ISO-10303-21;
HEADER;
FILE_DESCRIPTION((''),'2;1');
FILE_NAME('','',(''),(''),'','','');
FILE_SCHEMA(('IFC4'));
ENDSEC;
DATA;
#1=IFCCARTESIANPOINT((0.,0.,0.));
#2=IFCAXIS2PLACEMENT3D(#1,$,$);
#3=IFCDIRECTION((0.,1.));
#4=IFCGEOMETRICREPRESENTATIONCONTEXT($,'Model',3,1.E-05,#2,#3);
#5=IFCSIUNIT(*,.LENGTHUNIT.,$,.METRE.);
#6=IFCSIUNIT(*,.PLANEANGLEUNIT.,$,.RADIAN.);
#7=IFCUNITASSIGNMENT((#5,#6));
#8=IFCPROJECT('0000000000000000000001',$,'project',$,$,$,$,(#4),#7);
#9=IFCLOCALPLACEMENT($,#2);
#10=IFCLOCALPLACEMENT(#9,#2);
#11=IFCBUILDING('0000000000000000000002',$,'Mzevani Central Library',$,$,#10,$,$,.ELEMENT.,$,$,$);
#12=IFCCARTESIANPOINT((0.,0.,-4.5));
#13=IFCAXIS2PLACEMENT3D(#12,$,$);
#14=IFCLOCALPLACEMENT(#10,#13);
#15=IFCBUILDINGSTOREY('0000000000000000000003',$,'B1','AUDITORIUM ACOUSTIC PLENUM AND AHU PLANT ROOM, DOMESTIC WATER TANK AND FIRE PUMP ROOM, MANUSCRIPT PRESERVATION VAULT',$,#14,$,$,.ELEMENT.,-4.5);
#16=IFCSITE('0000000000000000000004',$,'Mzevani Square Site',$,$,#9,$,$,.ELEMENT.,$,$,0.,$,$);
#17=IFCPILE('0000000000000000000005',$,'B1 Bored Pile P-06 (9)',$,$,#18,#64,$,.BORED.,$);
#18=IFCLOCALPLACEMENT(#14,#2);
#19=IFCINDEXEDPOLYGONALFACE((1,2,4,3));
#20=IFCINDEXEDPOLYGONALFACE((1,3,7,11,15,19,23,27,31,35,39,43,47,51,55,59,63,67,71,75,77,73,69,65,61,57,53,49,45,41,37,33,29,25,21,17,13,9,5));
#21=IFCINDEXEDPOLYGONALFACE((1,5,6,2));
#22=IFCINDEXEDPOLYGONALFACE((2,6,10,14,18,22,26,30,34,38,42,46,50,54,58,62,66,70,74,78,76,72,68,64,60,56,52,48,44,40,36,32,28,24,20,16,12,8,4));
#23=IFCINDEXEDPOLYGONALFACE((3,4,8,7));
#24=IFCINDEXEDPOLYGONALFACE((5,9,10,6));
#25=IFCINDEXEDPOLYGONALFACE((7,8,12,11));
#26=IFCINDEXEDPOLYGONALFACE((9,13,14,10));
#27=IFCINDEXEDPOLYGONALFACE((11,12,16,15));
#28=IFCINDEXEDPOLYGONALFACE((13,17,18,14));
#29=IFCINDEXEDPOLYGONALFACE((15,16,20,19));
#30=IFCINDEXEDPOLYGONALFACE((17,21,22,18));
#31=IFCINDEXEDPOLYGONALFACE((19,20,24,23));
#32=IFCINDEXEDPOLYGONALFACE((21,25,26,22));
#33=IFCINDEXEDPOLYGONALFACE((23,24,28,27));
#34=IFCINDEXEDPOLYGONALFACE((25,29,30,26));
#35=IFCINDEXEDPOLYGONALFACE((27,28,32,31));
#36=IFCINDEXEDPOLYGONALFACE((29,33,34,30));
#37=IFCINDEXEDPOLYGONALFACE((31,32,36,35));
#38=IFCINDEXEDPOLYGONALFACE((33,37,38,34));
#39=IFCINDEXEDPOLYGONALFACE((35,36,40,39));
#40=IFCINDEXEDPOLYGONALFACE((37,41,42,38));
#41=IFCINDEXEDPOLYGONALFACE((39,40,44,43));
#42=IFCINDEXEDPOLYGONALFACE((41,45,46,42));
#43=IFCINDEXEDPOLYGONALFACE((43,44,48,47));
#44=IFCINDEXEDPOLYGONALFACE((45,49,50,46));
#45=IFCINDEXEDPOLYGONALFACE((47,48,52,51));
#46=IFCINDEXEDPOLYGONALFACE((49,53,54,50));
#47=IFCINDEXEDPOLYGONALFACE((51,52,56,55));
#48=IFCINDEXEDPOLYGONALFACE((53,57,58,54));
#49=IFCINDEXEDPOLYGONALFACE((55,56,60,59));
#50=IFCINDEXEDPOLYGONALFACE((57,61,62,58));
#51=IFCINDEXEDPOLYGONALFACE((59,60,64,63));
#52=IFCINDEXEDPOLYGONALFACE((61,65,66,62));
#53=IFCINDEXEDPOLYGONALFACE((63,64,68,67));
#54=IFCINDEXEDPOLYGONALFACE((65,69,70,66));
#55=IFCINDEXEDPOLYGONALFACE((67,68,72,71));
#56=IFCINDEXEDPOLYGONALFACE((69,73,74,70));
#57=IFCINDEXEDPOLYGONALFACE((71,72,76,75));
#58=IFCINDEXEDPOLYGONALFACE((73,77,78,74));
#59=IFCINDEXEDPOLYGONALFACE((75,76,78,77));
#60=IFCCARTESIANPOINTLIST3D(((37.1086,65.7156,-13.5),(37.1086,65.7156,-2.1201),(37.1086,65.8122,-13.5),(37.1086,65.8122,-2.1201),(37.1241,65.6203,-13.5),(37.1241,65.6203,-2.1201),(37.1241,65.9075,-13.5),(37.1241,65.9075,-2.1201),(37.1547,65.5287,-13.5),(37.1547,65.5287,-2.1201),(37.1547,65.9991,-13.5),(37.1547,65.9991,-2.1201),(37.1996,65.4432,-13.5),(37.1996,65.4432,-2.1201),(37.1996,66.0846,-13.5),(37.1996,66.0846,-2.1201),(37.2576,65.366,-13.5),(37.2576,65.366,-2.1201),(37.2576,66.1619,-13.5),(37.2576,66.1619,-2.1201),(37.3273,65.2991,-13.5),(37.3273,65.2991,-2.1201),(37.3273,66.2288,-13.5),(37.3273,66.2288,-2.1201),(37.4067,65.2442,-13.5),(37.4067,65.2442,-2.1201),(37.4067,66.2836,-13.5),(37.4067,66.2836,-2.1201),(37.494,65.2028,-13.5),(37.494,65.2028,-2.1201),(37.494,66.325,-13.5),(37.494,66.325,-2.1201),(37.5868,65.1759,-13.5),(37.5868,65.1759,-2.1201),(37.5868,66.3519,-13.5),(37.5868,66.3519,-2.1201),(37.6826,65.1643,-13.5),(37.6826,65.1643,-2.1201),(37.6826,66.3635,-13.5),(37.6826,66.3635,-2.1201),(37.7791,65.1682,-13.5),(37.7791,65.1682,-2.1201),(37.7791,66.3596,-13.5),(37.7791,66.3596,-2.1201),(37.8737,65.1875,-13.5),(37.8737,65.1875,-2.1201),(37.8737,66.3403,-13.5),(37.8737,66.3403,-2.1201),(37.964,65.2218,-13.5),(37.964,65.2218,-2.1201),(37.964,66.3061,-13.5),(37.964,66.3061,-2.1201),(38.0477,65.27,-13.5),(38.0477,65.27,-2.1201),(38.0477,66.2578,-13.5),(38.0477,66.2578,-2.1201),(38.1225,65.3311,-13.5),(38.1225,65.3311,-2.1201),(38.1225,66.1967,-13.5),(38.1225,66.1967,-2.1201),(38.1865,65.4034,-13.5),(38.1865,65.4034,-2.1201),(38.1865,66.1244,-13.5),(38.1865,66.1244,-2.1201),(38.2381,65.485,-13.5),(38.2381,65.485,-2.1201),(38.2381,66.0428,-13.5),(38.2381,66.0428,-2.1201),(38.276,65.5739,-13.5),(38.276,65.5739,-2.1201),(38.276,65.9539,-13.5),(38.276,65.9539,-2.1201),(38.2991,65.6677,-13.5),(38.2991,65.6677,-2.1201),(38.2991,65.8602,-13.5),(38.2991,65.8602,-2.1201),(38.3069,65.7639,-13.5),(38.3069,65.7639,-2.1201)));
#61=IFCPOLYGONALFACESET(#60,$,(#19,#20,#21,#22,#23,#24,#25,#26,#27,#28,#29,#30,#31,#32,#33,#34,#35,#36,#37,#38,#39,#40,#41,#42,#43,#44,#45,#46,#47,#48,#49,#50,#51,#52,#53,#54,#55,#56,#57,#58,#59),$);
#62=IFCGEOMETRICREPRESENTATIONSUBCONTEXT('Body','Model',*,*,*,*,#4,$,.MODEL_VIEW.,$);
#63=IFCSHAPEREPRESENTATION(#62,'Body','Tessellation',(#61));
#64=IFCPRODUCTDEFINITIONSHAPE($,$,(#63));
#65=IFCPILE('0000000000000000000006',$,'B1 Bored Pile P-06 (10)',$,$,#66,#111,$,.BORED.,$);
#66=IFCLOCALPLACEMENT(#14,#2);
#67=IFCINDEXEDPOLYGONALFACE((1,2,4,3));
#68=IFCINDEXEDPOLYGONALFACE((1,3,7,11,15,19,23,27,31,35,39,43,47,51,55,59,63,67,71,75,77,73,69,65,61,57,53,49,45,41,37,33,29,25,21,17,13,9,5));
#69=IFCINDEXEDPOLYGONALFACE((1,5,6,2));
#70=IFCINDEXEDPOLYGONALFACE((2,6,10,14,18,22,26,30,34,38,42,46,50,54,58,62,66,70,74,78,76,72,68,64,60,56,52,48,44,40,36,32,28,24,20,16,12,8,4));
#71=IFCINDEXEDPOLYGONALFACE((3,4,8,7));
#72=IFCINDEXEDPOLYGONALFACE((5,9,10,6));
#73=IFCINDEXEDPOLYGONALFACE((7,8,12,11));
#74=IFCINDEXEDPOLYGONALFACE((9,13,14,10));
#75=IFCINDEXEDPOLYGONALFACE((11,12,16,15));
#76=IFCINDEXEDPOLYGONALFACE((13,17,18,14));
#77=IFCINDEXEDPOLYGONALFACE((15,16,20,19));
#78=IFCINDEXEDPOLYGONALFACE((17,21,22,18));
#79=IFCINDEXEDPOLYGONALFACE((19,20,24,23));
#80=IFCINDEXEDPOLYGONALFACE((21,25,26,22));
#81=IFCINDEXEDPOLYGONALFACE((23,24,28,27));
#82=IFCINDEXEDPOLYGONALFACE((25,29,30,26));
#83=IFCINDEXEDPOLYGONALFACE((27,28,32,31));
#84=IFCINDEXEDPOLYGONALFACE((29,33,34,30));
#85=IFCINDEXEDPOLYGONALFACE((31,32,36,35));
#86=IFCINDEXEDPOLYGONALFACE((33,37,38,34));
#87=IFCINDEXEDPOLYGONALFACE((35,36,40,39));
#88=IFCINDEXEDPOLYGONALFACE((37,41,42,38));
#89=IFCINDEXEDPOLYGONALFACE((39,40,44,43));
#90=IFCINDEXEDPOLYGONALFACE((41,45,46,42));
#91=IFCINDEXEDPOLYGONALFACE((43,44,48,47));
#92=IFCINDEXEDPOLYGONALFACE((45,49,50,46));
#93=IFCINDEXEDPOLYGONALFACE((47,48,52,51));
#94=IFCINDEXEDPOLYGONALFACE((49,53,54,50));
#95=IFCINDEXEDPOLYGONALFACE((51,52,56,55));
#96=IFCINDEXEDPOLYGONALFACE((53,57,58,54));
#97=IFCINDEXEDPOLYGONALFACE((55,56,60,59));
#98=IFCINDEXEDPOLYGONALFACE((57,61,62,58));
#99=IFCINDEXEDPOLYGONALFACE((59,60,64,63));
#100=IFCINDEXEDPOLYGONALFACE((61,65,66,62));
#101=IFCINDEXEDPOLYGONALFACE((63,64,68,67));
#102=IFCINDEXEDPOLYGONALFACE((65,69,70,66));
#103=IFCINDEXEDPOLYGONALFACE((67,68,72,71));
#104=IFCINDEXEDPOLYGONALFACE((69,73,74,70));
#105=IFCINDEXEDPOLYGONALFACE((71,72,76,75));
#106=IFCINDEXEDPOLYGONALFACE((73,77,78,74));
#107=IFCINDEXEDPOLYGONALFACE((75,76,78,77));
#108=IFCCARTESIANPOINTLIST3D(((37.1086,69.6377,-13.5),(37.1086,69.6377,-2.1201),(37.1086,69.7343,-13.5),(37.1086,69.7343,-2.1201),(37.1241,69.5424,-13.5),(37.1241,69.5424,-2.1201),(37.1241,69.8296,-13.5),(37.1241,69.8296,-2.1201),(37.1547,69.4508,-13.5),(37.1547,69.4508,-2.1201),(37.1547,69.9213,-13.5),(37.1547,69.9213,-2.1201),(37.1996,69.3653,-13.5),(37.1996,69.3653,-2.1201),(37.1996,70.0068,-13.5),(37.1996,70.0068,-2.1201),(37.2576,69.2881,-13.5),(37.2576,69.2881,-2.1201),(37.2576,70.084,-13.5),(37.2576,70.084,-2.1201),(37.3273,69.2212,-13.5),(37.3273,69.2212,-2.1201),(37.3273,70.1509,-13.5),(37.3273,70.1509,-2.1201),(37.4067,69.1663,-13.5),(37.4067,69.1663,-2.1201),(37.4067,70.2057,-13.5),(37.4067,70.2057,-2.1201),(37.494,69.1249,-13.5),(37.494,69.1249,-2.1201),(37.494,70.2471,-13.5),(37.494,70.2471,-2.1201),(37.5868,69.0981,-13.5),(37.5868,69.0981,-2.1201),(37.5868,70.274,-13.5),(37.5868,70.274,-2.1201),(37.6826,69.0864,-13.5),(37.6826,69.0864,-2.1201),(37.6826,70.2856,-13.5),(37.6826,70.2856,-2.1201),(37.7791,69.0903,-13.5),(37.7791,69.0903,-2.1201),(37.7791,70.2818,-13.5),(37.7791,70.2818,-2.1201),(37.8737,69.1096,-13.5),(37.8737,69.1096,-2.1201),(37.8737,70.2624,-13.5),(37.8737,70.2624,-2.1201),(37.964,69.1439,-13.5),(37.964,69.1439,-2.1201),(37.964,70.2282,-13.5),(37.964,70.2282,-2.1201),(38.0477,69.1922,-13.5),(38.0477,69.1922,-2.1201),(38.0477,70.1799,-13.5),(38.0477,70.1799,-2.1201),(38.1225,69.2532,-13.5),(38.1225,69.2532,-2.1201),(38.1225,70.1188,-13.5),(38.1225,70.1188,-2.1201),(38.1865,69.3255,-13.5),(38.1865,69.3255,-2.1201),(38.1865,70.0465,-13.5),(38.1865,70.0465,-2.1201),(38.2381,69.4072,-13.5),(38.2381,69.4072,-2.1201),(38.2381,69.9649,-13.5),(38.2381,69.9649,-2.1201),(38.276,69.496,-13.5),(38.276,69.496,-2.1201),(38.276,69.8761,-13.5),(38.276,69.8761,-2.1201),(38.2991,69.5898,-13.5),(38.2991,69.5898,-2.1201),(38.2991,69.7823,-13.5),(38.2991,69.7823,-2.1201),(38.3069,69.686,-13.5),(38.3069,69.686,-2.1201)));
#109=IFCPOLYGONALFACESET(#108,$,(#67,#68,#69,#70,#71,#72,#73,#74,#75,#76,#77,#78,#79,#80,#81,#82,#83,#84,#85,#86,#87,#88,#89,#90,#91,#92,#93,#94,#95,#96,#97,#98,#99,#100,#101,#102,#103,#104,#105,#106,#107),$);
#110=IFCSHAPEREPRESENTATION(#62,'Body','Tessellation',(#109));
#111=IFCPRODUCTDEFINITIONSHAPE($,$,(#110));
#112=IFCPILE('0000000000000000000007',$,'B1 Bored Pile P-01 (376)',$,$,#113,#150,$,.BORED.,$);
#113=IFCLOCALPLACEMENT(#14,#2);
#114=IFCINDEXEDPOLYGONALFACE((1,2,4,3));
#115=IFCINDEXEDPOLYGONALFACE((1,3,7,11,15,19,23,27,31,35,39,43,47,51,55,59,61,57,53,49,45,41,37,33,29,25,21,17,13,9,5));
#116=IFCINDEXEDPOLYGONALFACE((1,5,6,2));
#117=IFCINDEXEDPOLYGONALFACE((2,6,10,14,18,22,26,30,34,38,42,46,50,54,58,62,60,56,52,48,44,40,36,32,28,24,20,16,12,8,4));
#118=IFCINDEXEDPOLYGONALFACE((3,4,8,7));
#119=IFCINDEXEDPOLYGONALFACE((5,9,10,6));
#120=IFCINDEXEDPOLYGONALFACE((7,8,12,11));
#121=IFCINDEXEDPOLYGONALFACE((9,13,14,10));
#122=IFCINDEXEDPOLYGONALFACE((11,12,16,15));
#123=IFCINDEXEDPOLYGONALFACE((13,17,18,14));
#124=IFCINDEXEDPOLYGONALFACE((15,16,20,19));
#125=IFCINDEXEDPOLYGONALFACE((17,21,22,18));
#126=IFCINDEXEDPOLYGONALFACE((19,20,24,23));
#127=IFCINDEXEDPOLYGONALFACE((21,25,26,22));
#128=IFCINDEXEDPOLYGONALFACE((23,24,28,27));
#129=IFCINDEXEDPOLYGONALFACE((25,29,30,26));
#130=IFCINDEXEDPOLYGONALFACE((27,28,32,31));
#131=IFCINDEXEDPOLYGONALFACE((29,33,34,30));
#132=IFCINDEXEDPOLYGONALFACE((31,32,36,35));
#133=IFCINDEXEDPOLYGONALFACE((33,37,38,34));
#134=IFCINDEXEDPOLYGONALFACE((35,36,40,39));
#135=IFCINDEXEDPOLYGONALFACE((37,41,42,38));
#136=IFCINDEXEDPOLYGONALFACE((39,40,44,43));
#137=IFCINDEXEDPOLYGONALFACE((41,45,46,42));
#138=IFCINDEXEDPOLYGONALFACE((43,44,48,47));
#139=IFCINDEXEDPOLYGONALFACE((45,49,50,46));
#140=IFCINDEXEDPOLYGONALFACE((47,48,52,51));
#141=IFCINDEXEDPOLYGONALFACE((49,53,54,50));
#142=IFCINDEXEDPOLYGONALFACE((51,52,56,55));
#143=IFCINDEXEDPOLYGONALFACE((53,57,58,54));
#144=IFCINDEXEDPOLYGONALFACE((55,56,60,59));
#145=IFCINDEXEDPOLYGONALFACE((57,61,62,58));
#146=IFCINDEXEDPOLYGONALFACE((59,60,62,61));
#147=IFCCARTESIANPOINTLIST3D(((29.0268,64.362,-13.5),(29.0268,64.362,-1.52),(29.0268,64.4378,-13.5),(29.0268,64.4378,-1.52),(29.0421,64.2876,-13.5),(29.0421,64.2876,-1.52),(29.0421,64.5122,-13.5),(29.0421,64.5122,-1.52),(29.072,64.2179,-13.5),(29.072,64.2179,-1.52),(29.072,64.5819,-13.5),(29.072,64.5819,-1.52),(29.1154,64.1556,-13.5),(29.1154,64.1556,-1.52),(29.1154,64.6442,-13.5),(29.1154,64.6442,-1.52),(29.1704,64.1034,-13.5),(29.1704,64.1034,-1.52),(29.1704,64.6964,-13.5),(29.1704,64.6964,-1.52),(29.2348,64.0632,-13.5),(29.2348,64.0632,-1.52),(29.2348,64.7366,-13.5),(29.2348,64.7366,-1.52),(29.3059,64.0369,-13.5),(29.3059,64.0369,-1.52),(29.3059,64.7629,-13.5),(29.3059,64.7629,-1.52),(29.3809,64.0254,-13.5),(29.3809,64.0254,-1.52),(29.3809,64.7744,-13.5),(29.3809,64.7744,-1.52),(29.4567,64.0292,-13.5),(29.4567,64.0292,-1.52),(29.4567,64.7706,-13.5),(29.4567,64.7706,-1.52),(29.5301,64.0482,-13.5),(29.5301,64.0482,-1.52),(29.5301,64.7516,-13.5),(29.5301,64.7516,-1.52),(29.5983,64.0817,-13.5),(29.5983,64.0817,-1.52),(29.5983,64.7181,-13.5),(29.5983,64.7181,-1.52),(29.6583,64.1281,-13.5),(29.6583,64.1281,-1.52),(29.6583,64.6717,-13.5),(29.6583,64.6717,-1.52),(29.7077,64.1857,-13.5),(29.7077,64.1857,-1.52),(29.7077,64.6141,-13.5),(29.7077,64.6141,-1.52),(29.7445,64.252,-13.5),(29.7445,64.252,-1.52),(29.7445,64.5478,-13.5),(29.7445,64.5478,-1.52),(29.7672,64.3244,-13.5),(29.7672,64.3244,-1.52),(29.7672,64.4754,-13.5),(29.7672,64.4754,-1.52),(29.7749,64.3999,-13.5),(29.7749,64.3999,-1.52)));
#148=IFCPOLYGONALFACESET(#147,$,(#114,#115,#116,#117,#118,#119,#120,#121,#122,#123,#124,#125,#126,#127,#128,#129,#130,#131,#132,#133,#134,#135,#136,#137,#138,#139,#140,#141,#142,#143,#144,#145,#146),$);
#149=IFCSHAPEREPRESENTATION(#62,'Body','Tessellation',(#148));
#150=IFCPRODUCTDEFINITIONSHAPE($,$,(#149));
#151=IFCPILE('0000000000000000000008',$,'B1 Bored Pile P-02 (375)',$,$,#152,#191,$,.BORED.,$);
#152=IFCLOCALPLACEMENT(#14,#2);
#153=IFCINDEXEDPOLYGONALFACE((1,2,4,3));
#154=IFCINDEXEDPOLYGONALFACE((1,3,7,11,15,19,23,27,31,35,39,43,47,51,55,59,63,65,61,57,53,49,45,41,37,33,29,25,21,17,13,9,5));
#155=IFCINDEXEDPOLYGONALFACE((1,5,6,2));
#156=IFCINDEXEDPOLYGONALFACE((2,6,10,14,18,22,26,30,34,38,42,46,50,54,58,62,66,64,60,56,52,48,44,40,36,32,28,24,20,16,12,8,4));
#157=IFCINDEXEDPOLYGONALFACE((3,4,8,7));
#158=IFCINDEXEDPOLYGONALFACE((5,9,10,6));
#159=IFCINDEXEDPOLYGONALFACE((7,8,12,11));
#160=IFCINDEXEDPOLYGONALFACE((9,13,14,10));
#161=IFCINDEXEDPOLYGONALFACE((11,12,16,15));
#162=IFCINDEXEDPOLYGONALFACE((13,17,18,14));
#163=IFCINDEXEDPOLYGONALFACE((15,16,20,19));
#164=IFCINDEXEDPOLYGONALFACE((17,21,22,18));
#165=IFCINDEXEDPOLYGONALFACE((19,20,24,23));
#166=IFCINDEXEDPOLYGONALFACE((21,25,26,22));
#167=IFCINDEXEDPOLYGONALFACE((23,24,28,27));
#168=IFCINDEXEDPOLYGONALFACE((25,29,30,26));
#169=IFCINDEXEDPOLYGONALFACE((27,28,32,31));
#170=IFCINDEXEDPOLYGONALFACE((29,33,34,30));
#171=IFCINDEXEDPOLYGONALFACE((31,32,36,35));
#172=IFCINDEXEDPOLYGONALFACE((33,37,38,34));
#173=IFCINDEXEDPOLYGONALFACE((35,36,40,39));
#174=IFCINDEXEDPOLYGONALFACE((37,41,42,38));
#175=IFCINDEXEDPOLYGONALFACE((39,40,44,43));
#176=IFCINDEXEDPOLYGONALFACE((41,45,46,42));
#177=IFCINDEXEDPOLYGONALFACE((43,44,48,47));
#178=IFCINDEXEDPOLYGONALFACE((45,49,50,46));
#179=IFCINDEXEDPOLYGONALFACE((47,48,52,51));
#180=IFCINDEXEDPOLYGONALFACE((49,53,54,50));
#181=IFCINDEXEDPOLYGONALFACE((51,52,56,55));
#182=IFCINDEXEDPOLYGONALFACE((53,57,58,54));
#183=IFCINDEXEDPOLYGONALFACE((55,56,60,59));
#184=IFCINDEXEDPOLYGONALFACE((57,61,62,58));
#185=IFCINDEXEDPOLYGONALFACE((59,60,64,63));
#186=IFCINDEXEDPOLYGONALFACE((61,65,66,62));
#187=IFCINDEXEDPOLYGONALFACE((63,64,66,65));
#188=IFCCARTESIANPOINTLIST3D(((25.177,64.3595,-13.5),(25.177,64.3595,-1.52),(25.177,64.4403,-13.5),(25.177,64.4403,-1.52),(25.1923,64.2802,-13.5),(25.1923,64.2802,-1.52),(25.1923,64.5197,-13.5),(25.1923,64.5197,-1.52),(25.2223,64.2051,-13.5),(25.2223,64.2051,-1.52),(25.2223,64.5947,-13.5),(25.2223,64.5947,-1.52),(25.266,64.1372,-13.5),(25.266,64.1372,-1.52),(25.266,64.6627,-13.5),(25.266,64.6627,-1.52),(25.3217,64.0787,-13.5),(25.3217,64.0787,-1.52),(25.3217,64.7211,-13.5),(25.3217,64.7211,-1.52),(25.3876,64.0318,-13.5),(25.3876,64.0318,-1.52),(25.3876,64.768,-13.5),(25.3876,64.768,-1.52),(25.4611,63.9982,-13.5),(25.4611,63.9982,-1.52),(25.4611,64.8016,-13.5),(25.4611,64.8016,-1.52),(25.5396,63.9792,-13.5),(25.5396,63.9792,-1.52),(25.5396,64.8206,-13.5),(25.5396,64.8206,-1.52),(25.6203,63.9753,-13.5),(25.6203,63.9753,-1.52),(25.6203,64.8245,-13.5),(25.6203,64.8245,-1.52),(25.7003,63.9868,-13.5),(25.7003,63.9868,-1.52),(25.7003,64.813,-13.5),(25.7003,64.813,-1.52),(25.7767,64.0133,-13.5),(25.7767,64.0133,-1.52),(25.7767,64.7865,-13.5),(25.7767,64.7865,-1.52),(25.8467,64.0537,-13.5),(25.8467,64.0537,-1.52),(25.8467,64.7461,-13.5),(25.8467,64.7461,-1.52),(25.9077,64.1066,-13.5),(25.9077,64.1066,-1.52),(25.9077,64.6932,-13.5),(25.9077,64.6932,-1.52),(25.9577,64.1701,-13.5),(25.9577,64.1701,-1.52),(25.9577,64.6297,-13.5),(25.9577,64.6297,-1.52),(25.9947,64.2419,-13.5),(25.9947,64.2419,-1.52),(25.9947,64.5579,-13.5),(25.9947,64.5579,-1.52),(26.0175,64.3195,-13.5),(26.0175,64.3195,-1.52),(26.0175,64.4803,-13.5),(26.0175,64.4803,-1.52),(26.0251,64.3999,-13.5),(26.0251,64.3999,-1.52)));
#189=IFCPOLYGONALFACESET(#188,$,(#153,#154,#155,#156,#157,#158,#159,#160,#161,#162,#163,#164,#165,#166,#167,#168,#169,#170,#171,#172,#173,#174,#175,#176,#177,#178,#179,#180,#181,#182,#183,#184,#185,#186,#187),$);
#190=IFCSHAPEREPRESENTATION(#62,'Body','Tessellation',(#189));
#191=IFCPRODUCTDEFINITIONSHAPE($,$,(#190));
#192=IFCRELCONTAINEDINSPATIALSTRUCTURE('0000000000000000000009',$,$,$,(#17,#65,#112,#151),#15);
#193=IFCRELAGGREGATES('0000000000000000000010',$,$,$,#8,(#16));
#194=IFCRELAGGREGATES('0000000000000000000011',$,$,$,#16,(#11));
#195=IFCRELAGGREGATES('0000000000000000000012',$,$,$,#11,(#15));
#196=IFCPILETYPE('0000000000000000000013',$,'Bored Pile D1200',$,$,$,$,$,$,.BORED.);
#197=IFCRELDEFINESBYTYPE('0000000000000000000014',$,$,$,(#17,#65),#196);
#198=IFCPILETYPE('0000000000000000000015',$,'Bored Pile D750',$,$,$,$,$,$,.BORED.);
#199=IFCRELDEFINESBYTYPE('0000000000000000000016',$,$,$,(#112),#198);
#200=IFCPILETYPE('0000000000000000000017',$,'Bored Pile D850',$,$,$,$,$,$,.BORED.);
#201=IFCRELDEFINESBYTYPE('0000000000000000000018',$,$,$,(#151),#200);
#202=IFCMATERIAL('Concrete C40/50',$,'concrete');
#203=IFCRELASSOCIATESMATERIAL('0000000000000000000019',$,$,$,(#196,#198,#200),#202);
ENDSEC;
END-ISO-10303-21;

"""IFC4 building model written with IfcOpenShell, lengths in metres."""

from ifc_helpers import new_model, si_unit, direction, frame, origin, origin_2d, place, context, subcontext, project, spatial, circle, extrude, material, material_profile, profile_set, type_object, element, save


model = new_model("IFC4")

# Units and contexts
model_context = context("Model", 3, precision=1e-05, world=origin(), true_north=direction((0.0, 1.0)))
body_context = subcontext(model_context, "Body", "Model", "MODEL_VIEW")
ifc_project = project(units=[si_unit("LENGTHUNIT", "METRE"), si_unit("PLANEANGLEUNIT", "RADIAN")], contexts=[model_context])

# Site, building, storey
site_placement = place(None, origin())
site = spatial("IfcSite", under=ifc_project, at=site_placement, Name="Mzevani Square Site", CompositionType="ELEMENT", RefElevation=0.0)
building_placement = place(site_placement, origin())
building = spatial("IfcBuilding", under=site, at=building_placement, Name="Mzevani Central Library", CompositionType="ELEMENT")
storey_placement = place(building_placement, frame((0.0, 0.0, -4.5)))
storey = spatial("IfcBuildingStorey", under=building, at=storey_placement, Name="B1", Description="AUDITORIUM ACOUSTIC PLENUM AND AHU PLANT ROOM, DOMESTIC WATER TANK AND FIRE PUMP ROOM, MANUSCRIPT PRESERVATION VAULT", CompositionType="ELEMENT", Elevation=-4.5)

# Piles
ifc_material_1 = material(Name="Concrete C40/50", Category="concrete")
ifc_material_profile_1 = material_profile(ifc_material_1, circle(Radius=0.6001, at=origin_2d()), Name="PILE D1200")
ifc_profile_set_1 = profile_set([ifc_material_profile_1], Name="Concrete C40/50")
pile_type_1 = type_object("IfcPileType", Name="Bored Pile D1200", PredefinedType="BORED", material=ifc_profile_set_1)
for number, where, z_axis, x_axis, name in (
    (1, (37.7068, 65.7639, -2.1201), (0.0, 0.0, -1.0), (1.0, 0.0, 0.0), "B1 Bored Pile P-06 (9)"),
    (2, (37.7068, 69.686, -2.1201), (0.0, 0.0, -1.0), (1.0, 0.0, 0.0), "B1 Bored Pile P-06 (10)"),
):
    element("IfcPile", number, at=place(storey_placement, frame(where, z_axis=z_axis, x_axis=x_axis)), inside=storey, type_object=pile_type_1, Name=name, PredefinedType="BORED", context=body_context, shape_type="SweptSolid", body=[
        extrude(circle(Radius=0.6001, at=origin_2d()), origin(), (0.0, 0.0, 1.0), 11.3799),
    ])
ifc_material_profile_2 = material_profile(ifc_material_1, circle(Radius=0.375, at=origin_2d()), Name="PILE D750")
ifc_profile_set_2 = profile_set([ifc_material_profile_2], Name="Concrete C40/50")
pile_type_2 = type_object("IfcPileType", Name="Bored Pile D750", PredefinedType="BORED", material=ifc_profile_set_2)
pile_1_placement = place(storey_placement, frame((29.3999, 64.3999, -1.52), z_axis=(0.0, 0.0, -1.0), x_axis=(1.0, 0.0, 0.0)))
element("IfcPile", 3, at=pile_1_placement, inside=storey, type_object=pile_type_2, Name="B1 Bored Pile P-01 (376)", PredefinedType="BORED", context=body_context, shape_type="SweptSolid", body=[
    extrude(circle(Radius=0.375, at=origin_2d()), origin(), (0.0, 0.0, 1.0), 11.98),
])
ifc_material_profile_3 = material_profile(ifc_material_1, circle(Radius=0.425, at=origin_2d()), Name="PILE D850")
ifc_profile_set_3 = profile_set([ifc_material_profile_3], Name="Concrete C40/50")
pile_type_3 = type_object("IfcPileType", Name="Bored Pile D850", PredefinedType="BORED", material=ifc_profile_set_3)
pile_2_placement = place(storey_placement, frame((25.6001, 64.3999, -1.52), z_axis=(0.0, 0.0, -1.0), x_axis=(1.0, 0.0, 0.0)))
element("IfcPile", 4, at=pile_2_placement, inside=storey, type_object=pile_type_3, Name="B1 Bored Pile P-02 (375)", PredefinedType="BORED", context=body_context, shape_type="SweptSolid", body=[
    extrude(circle(Radius=0.425, at=origin_2d()), origin(), (0.0, 0.0, 1.0), 11.98),
])

save(model, "model.ifc")
